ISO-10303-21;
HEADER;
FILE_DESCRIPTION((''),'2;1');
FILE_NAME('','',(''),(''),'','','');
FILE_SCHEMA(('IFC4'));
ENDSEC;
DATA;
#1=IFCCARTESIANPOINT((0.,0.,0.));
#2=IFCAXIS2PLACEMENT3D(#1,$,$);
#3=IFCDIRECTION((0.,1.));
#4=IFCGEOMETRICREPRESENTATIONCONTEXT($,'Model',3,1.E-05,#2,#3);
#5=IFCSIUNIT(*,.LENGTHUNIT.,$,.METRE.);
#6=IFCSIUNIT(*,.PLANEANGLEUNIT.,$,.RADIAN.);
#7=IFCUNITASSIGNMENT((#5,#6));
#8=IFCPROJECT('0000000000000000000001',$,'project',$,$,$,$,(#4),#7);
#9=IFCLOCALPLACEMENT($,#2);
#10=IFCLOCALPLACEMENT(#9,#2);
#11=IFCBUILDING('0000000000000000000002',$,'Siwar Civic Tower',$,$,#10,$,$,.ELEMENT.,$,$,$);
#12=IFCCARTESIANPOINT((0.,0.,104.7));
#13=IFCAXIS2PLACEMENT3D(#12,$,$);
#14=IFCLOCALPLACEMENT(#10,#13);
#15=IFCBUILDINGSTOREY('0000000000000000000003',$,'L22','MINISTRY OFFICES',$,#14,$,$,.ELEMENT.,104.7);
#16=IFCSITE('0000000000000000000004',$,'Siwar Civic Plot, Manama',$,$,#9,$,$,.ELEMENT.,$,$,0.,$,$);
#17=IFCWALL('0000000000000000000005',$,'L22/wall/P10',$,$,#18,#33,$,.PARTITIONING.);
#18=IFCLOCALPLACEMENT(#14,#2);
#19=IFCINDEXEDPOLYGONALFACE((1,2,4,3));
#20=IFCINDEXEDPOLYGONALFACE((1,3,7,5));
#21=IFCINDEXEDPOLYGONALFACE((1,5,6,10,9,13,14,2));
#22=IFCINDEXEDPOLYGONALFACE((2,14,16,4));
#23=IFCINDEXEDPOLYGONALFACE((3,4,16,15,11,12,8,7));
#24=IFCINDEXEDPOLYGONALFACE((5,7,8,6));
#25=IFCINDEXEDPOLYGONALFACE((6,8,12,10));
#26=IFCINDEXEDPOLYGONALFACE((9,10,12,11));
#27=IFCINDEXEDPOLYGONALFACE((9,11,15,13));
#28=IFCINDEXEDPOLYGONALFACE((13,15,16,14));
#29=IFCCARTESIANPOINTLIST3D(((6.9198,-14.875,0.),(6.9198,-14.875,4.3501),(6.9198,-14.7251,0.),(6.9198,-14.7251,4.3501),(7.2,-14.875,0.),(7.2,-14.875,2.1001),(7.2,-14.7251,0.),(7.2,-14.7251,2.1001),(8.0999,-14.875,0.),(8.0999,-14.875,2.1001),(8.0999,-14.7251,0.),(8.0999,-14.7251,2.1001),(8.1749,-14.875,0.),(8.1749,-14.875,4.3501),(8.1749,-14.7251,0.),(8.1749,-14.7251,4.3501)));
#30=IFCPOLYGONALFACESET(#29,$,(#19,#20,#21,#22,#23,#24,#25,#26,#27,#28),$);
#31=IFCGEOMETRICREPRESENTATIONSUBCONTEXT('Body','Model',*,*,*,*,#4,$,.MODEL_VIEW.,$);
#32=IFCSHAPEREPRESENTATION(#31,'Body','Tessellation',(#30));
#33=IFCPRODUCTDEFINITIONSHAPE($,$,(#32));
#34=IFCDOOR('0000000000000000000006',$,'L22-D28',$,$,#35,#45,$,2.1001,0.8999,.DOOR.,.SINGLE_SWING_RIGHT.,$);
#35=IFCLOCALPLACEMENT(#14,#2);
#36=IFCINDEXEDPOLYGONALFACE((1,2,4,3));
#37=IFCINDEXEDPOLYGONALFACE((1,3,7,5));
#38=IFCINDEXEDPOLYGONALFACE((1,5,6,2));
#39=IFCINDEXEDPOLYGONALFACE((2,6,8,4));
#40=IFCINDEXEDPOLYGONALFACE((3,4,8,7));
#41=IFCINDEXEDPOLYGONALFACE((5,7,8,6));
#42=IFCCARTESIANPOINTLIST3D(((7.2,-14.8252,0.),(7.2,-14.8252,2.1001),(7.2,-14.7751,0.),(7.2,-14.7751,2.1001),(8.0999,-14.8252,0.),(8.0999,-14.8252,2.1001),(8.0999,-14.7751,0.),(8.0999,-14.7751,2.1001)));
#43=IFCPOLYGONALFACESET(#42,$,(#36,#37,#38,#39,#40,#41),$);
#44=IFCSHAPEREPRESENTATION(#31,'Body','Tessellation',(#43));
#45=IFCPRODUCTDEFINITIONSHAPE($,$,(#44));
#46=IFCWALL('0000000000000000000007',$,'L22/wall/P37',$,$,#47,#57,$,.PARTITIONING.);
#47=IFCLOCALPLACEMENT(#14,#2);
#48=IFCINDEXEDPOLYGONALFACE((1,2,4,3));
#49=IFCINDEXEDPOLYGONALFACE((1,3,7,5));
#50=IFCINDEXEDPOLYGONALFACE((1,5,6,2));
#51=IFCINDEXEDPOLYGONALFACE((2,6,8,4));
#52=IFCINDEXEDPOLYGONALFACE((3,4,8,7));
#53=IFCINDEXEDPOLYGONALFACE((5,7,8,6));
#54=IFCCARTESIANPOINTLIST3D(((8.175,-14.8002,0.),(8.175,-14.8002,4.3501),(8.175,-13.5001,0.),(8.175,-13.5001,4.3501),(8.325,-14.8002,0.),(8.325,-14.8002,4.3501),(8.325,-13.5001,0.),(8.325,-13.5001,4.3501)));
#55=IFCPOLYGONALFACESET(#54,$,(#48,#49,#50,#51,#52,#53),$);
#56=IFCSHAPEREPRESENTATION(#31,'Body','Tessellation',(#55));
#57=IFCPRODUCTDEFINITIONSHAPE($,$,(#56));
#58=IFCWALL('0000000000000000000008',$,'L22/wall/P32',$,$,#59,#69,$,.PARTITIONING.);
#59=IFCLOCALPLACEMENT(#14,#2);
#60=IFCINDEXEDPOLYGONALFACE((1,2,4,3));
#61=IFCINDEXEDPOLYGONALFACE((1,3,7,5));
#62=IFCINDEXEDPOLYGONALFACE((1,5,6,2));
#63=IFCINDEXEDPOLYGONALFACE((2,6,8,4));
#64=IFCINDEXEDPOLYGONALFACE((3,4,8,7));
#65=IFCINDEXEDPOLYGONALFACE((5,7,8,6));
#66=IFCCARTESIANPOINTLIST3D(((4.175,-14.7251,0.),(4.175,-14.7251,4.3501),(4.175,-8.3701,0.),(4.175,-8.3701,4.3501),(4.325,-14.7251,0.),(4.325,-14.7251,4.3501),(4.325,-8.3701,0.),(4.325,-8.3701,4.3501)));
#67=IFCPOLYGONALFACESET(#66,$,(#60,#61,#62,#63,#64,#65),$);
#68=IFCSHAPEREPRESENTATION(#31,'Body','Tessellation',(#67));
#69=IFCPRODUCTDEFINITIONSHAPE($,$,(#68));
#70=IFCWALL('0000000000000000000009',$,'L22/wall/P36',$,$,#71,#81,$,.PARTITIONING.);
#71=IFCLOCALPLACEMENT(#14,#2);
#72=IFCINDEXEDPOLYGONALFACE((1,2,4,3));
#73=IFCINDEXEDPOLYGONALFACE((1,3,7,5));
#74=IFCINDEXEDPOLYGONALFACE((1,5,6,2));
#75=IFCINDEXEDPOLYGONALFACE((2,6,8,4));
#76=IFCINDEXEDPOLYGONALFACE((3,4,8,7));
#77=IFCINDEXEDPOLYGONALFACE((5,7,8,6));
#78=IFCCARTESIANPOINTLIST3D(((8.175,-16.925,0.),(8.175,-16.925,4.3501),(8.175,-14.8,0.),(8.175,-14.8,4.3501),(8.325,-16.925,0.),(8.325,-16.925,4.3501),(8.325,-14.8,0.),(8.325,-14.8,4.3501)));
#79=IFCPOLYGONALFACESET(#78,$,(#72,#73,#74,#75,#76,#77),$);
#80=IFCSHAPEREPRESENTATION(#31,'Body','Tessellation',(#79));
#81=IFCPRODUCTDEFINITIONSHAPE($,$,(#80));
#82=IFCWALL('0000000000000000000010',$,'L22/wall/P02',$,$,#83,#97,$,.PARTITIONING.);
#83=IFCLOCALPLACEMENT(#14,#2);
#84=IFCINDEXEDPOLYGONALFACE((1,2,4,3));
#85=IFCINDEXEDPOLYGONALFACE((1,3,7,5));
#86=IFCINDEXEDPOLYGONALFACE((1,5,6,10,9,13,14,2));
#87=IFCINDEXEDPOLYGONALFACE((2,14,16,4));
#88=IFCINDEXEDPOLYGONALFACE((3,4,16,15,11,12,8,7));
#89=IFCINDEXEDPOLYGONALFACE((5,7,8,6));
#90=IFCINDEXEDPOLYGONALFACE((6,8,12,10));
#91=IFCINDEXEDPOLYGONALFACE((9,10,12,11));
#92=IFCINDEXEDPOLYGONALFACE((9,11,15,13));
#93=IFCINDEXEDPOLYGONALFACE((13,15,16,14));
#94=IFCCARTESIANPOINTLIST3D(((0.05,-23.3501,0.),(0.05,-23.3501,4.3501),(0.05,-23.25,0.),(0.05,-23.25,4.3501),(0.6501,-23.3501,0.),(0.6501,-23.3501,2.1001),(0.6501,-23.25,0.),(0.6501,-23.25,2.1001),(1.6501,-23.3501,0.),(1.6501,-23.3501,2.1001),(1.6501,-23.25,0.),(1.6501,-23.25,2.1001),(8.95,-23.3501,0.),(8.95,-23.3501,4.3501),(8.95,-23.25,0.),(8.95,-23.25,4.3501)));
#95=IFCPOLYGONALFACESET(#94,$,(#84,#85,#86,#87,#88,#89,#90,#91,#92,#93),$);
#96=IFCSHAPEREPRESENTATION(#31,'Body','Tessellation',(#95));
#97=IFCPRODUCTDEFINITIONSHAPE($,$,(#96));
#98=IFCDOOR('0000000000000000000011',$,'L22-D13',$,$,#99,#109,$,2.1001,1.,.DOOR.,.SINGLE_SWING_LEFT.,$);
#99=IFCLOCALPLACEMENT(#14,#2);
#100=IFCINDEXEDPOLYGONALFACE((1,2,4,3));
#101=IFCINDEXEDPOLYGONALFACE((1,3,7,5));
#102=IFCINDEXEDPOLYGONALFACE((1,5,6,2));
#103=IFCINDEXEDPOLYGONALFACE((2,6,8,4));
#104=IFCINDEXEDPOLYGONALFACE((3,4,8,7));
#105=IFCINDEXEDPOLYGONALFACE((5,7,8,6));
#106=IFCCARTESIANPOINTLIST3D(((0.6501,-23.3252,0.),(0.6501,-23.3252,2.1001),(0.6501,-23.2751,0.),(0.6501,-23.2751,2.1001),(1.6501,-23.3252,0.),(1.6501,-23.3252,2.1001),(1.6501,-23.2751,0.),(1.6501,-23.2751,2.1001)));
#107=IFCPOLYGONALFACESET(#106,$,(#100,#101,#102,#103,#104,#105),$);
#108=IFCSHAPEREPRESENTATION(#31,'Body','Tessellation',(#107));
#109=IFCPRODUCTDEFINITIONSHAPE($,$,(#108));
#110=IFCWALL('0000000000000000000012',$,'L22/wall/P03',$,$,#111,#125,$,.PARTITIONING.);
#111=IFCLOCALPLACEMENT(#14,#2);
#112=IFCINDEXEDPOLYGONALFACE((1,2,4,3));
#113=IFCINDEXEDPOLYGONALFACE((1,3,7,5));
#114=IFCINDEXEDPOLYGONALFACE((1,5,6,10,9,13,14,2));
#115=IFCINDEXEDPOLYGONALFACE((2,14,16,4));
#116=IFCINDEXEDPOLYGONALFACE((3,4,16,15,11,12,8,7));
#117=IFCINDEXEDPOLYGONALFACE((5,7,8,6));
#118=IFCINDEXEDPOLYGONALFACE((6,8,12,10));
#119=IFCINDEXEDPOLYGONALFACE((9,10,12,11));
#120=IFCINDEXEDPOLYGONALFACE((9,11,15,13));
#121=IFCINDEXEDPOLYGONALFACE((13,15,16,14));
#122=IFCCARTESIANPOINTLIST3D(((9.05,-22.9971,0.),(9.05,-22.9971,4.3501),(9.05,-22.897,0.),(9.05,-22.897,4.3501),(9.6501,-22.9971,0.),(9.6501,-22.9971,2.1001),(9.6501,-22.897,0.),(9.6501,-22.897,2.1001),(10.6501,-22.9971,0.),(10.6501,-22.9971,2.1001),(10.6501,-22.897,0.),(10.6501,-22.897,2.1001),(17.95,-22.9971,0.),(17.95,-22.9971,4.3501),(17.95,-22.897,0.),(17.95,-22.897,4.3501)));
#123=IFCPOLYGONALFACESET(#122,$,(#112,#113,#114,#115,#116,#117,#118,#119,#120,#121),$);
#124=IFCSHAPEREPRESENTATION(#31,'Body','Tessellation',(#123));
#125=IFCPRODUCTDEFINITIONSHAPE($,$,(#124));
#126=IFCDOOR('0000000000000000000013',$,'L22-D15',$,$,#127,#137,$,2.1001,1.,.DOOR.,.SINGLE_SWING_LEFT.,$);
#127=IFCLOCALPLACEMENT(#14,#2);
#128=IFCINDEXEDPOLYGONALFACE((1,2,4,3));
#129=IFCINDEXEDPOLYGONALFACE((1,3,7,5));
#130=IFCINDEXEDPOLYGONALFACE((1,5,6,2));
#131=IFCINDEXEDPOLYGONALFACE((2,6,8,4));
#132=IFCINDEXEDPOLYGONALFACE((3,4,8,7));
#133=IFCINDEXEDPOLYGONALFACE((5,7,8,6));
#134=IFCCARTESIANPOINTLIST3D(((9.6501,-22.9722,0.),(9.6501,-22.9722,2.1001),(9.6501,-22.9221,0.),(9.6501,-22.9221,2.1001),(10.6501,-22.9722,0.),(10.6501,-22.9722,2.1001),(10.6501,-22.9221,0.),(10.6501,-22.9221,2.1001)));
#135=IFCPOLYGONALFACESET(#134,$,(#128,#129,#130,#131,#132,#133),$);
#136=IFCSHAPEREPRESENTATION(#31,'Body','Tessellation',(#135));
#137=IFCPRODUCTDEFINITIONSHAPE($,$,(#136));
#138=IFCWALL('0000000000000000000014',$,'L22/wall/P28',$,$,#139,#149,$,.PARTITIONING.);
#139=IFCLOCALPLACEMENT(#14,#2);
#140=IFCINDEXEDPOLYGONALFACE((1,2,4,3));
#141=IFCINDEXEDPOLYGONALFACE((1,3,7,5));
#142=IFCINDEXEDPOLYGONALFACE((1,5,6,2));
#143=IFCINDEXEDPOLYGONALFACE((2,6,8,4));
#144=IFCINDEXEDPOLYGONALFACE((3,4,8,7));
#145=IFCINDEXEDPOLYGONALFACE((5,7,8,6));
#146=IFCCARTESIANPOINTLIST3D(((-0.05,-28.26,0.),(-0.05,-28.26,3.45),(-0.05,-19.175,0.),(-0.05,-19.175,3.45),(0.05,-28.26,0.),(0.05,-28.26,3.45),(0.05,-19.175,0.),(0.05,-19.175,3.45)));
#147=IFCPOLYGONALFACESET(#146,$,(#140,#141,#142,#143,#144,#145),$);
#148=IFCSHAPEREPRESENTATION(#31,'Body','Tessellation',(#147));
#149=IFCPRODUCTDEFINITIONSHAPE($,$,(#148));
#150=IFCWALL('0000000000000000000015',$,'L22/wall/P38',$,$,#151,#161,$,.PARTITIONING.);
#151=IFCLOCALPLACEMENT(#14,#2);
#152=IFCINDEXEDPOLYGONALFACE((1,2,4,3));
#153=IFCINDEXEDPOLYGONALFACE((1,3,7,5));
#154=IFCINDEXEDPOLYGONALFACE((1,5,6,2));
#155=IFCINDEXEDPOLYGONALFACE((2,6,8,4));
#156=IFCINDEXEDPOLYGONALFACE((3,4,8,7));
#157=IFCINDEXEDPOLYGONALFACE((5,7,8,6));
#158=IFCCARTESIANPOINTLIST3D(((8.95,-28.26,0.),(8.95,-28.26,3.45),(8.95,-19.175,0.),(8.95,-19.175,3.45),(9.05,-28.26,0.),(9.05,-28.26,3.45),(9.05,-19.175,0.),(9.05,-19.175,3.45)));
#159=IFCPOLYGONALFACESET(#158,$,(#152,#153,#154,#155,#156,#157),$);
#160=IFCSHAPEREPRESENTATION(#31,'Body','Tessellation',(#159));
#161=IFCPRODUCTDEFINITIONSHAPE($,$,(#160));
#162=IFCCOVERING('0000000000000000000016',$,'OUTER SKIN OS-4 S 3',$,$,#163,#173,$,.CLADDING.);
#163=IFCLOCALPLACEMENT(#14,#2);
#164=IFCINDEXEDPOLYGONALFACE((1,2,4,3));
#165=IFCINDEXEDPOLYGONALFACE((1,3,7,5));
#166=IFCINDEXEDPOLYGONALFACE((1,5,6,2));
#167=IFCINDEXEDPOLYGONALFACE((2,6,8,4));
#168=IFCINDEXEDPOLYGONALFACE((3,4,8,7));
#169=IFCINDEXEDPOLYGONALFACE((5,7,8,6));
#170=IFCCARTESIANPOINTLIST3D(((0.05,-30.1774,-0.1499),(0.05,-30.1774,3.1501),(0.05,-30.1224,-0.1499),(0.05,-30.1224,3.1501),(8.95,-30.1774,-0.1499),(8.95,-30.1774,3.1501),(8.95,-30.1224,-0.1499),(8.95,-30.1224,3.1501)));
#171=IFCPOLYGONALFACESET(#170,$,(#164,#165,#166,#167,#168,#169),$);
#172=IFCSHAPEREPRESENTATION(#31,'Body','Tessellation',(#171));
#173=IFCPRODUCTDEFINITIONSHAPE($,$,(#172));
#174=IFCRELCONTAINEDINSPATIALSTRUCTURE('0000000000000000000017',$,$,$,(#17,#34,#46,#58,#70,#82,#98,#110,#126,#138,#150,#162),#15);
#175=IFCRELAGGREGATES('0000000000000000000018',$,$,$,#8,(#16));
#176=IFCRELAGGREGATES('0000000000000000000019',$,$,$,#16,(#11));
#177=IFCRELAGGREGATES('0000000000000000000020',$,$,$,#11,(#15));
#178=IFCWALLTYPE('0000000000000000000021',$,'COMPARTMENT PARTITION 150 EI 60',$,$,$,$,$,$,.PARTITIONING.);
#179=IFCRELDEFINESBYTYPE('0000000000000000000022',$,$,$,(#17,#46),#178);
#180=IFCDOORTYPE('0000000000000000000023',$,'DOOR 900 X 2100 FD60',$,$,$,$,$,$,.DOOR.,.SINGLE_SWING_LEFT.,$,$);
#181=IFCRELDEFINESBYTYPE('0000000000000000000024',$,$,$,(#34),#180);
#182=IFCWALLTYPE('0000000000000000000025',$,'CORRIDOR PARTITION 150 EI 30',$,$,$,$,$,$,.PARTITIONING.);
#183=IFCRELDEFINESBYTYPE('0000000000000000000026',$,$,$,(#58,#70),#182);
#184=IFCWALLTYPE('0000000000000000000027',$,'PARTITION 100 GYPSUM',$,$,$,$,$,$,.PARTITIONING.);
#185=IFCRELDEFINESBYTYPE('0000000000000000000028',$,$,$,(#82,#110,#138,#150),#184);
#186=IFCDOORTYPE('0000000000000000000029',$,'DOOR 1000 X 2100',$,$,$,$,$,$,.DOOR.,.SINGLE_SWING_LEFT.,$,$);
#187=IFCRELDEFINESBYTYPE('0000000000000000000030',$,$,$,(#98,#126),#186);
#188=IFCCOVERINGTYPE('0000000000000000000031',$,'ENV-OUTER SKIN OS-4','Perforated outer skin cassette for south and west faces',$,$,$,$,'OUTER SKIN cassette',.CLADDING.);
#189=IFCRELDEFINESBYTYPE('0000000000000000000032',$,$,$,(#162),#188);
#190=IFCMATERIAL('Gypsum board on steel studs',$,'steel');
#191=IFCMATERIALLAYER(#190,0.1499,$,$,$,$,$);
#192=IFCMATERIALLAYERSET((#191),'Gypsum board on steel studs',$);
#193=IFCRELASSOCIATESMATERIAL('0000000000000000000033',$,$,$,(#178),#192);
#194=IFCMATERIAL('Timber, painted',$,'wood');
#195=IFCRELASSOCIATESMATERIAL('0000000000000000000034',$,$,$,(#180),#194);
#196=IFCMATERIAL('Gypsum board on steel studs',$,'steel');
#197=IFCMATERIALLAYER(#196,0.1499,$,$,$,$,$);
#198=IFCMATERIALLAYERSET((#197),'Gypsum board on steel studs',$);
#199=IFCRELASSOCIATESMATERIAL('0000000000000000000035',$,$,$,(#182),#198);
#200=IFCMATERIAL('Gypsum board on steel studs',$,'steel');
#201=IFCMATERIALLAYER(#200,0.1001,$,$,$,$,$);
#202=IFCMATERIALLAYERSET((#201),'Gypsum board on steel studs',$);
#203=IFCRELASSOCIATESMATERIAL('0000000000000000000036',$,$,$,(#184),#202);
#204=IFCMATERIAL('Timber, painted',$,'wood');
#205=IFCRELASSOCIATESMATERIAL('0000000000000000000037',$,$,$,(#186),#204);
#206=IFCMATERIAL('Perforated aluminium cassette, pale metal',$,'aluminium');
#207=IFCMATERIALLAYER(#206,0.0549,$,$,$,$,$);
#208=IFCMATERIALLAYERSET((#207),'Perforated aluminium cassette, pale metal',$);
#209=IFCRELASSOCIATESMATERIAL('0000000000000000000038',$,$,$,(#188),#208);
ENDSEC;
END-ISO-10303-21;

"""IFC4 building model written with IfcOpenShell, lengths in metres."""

from ifc_helpers import new_model, si_unit, direction, frame, frame_2d, origin, origin_2d, place, context, subcontext, project, spatial, rectangle, extrude, material, layer, layer_set, type_object, element, fill, save


model = new_model("IFC4")

# Units and contexts
model_context = context("Model", 3, precision=1e-05, world=origin(), true_north=direction((0.0, 1.0)))
body_context = subcontext(model_context, "Body", "Model", "MODEL_VIEW")
ifc_project = project(units=[si_unit("LENGTHUNIT", "METRE"), si_unit("PLANEANGLEUNIT", "RADIAN")], contexts=[model_context])

# Site, building, storey
site_placement = place(None, origin())
site = spatial("IfcSite", under=ifc_project, at=site_placement, Name="Siwar Civic Plot, Manama", CompositionType="ELEMENT", RefElevation=0.0)
building_placement = place(site_placement, origin())
building = spatial("IfcBuilding", under=site, at=building_placement, Name="Siwar Civic Tower", CompositionType="ELEMENT")
storey_placement = place(building_placement, frame((0.0, 0.0, 104.7)))
storey = spatial("IfcBuildingStorey", under=building, at=storey_placement, Name="L22", Description="MINISTRY OFFICES", CompositionType="ELEMENT", Elevation=104.7)

# Wall, opening, door
ifc_material_1 = material(Name="Gypsum board on steel studs", Category="steel")
ifc_layer_1 = layer(ifc_material_1, 0.1499)
ifc_layer_set_1 = layer_set([ifc_layer_1], Name="Gypsum board on steel studs")
wall_type_1 = type_object("IfcWallType", Name="COMPARTMENT PARTITION 150 EI 60", PredefinedType="PARTITIONING", material=ifc_layer_set_1)
wall_1_placement = place(storey_placement, frame((6.9199, -14.8, 0.0), z_axis=(0.0, 0.0, 1.0), x_axis=(1.0, 0.0, 0.0)))
wall_1 = element("IfcWall", 1, at=wall_1_placement, inside=storey, type_object=wall_type_1, Name="L22/wall/P10", PredefinedType="PARTITIONING", context=body_context, shape_type="SweptSolid", body=[
    extrude(rectangle(XDim=1.2551, YDim=0.1499, at=frame_2d((0.6274, 0.0))), origin(), (0.0, 0.0, 1.0), 4.3501),
])
opening_1_placement = place(wall_1_placement, frame((0.28, 0.0, 0.0)))
opening_1 = element("IfcOpeningElement", 2, at=opening_1_placement, cuts=wall_1, PredefinedType="OPENING", context=body_context, shape_type="SweptSolid", body=[
    extrude(rectangle(XDim=0.8999, YDim=2.1001, at=frame_2d((0.45, 1.05))), frame((0.0, 0.085, 0.0), z_axis=(0.0, -1.0, 0.0), x_axis=(1.0, 0.0, 0.0)), (0.0, 0.0, 1.0), 0.1699),
])
ifc_material_2 = material(Name="Timber, painted", Category="wood")
door_type_1 = type_object("IfcDoorType", Name="DOOR 900 X 2100 FD60", OperationType="SINGLE_SWING_LEFT", PredefinedType="DOOR", material=ifc_material_2)
door_1_placement = place(opening_1_placement, origin())
door_1 = element("IfcDoor", 3, at=door_1_placement, inside=storey, type_object=door_type_1, Name="L22-D28", OperationType="SINGLE_SWING_RIGHT", OverallHeight=2.1001, OverallWidth=0.8999, PredefinedType="DOOR", context=body_context, shape_type="SweptSolid", body=[
    extrude(rectangle(XDim=0.8999, YDim=2.1001, at=frame_2d((0.45, 1.05))), frame((0.0, 0.0249, 0.0), z_axis=(0.0, -1.0, 0.0), x_axis=(1.0, 0.0, 0.0)), (0.0, 0.0, 1.0), 0.05),
])
fill(opening_1, door_1)

# Walls
wall_2_placement = place(storey_placement, frame((8.25, -14.8, 0.0), z_axis=(0.0, 0.0, 1.0), x_axis=(0.0, 1.0, 0.0)))
element("IfcWall", 4, at=wall_2_placement, inside=storey, type_object=wall_type_1, Name="L22/wall/P37", PredefinedType="PARTITIONING", context=body_context, shape_type="SweptSolid", body=[
    extrude(rectangle(XDim=1.3, YDim=0.1499, at=frame_2d((0.6499, 0.0))), origin(), (0.0, 0.0, 1.0), 4.3501),
])
ifc_material_3 = material(Name="Gypsum board on steel studs", Category="steel")
ifc_layer_2 = layer(ifc_material_3, 0.1499)
ifc_layer_set_2 = layer_set([ifc_layer_2], Name="Gypsum board on steel studs")
wall_type_2 = type_object("IfcWallType", Name="CORRIDOR PARTITION 150 EI 30", PredefinedType="PARTITIONING", material=ifc_layer_set_2)
wall_3_placement = place(storey_placement, frame((4.25, -14.7251, 0.0), z_axis=(0.0, 0.0, 1.0), x_axis=(0.0, 1.0, 0.0)))
element("IfcWall", 5, at=wall_3_placement, inside=storey, type_object=wall_type_2, Name="L22/wall/P32", PredefinedType="PARTITIONING", context=body_context, shape_type="SweptSolid", body=[
    extrude(rectangle(XDim=6.355, YDim=0.1499, at=frame_2d((3.1775, 0.0))), origin(), (0.0, 0.0, 1.0), 4.3501),
])
wall_4_placement = place(storey_placement, frame((8.25, -16.925, 0.0), z_axis=(0.0, 0.0, 1.0), x_axis=(0.0, 1.0, 0.0)))
element("IfcWall", 6, at=wall_4_placement, inside=storey, type_object=wall_type_2, Name="L22/wall/P36", PredefinedType="PARTITIONING", context=body_context, shape_type="SweptSolid", body=[
    extrude(rectangle(XDim=2.125, YDim=0.1499, at=frame_2d((1.0625, 0.0))), origin(), (0.0, 0.0, 1.0), 4.3501),
])

# Walls, openings, doors
ifc_material_4 = material(Name="Gypsum board on steel studs", Category="steel")
ifc_layer_3 = layer(ifc_material_4, 0.1001)
ifc_layer_set_3 = layer_set([ifc_layer_3], Name="Gypsum board on steel studs")
wall_type_3 = type_object("IfcWallType", Name="PARTITION 100 GYPSUM", PredefinedType="PARTITIONING", material=ifc_layer_set_3)
wall_5_placement = place(storey_placement, frame((0.05, -23.3, 0.0), z_axis=(0.0, 0.0, 1.0), x_axis=(1.0, 0.0, 0.0)))
wall_5 = element("IfcWall", 7, at=wall_5_placement, inside=storey, type_object=wall_type_3, Name="L22/wall/P02", PredefinedType="PARTITIONING", context=body_context, shape_type="SweptSolid", body=[
    extrude(rectangle(XDim=8.8999, YDim=0.1001, at=frame_2d((4.45, 0.0))), origin(), (0.0, 0.0, 1.0), 4.3501),
])
opening_2_placement = place(wall_5_placement, frame((0.6001, 0.0, 0.0)))
opening_2 = element("IfcOpeningElement", 8, at=opening_2_placement, cuts=wall_5, PredefinedType="OPENING", context=body_context, shape_type="SweptSolid", body=[
    extrude(rectangle(XDim=1.0, YDim=2.1001, at=frame_2d((0.5, 1.05))), frame((0.0, 0.0601, 0.0), z_axis=(0.0, -1.0, 0.0), x_axis=(1.0, 0.0, 0.0)), (0.0, 0.0, 1.0), 0.1201),
])
ifc_material_5 = material(Name="Timber, painted", Category="wood")
door_type_2 = type_object("IfcDoorType", Name="DOOR 1000 X 2100", OperationType="SINGLE_SWING_LEFT", PredefinedType="DOOR", material=ifc_material_5)
door_2_placement = place(opening_2_placement, origin())
door_2 = element("IfcDoor", 9, at=door_2_placement, inside=storey, type_object=door_type_2, Name="L22-D13", OperationType="SINGLE_SWING_LEFT", OverallHeight=2.1001, OverallWidth=1.0, PredefinedType="DOOR", context=body_context, shape_type="SweptSolid", body=[
    extrude(rectangle(XDim=1.0, YDim=2.1001, at=frame_2d((0.5, 1.05))), frame((0.0, 0.0249, 0.0), z_axis=(0.0, -1.0, 0.0), x_axis=(1.0, 0.0, 0.0)), (0.0, 0.0, 1.0), 0.05),
])
fill(opening_2, door_2)
wall_6_placement = place(storey_placement, frame((9.05, -22.947, 0.0), z_axis=(0.0, 0.0, 1.0), x_axis=(1.0, 0.0, 0.0)))
wall_6 = element("IfcWall", 10, at=wall_6_placement, inside=storey, type_object=wall_type_3, Name="L22/wall/P03", PredefinedType="PARTITIONING", context=body_context, shape_type="SweptSolid", body=[
    extrude(rectangle(XDim=8.8999, YDim=0.1001, at=frame_2d((4.45, 0.0))), origin(), (0.0, 0.0, 1.0), 4.3501),
])
opening_3_placement = place(wall_6_placement, frame((0.6001, 0.0, 0.0)))
opening_3 = element("IfcOpeningElement", 11, at=opening_3_placement, cuts=wall_6, PredefinedType="OPENING", context=body_context, shape_type="SweptSolid", body=[
    extrude(rectangle(XDim=1.0, YDim=2.1001, at=frame_2d((0.5, 1.05))), frame((0.0, 0.0601, 0.0), z_axis=(0.0, -1.0, 0.0), x_axis=(1.0, 0.0, 0.0)), (0.0, 0.0, 1.0), 0.1201),
])
door_3_placement = place(opening_3_placement, origin())
door_3 = element("IfcDoor", 12, at=door_3_placement, inside=storey, type_object=door_type_2, Name="L22-D15", OperationType="SINGLE_SWING_LEFT", OverallHeight=2.1001, OverallWidth=1.0, PredefinedType="DOOR", context=body_context, shape_type="SweptSolid", body=[
    extrude(rectangle(XDim=1.0, YDim=2.1001, at=frame_2d((0.5, 1.05))), frame((0.0, 0.0249, 0.0), z_axis=(0.0, -1.0, 0.0), x_axis=(1.0, 0.0, 0.0)), (0.0, 0.0, 1.0), 0.05),
])
fill(opening_3, door_3)

# Walls
for number, where, z_axis, x_axis, name in (
    (13, (0.0, -28.26, 0.0), (0.0, 0.0, 1.0), (0.0, 1.0, 0.0), "L22/wall/P28"),
    (14, (9.0, -28.26, 0.0), (0.0, 0.0, 1.0), (0.0, 1.0, 0.0), "L22/wall/P38"),
):
    element("IfcWall", number, at=place(storey_placement, frame(where, z_axis=z_axis, x_axis=x_axis)), inside=storey, type_object=wall_type_3, Name=name, PredefinedType="PARTITIONING", context=body_context, shape_type="SweptSolid", body=[
        extrude(rectangle(XDim=9.085, YDim=0.1001, at=frame_2d((4.5425, 0.0))), origin(), (0.0, 0.0, 1.0), 3.45),
    ])

# Covering
ifc_material_6 = material(Name="Perforated aluminium cassette, pale metal", Category="aluminium")
ifc_layer_4 = layer(ifc_material_6, 0.0549)
ifc_layer_set_4 = layer_set([ifc_layer_4], Name="Perforated aluminium cassette, pale metal")
covering_type = type_object("IfcCoveringType", Name="ENV-OUTER SKIN OS-4", Description="Perforated outer skin cassette for south and west faces", ElementType="OUTER SKIN cassette", PredefinedType="CLADDING", material=ifc_layer_set_4)
covering_1_placement = place(storey_placement, frame((4.5, -30.1499, -0.1499), z_axis=(0.0, 0.0, 1.0), x_axis=(1.0, 0.0, 0.0)))
element("IfcCovering", 15, at=covering_1_placement, inside=storey, type_object=covering_type, Name="OUTER SKIN OS-4 S 3", PredefinedType="CLADDING", context=body_context, shape_type="SweptSolid", body=[
    extrude(rectangle(XDim=8.8999, YDim=0.0549, at=origin_2d()), origin(), (0.0, 0.0, 1.0), 3.3),
])

save(model, "model.ifc")
